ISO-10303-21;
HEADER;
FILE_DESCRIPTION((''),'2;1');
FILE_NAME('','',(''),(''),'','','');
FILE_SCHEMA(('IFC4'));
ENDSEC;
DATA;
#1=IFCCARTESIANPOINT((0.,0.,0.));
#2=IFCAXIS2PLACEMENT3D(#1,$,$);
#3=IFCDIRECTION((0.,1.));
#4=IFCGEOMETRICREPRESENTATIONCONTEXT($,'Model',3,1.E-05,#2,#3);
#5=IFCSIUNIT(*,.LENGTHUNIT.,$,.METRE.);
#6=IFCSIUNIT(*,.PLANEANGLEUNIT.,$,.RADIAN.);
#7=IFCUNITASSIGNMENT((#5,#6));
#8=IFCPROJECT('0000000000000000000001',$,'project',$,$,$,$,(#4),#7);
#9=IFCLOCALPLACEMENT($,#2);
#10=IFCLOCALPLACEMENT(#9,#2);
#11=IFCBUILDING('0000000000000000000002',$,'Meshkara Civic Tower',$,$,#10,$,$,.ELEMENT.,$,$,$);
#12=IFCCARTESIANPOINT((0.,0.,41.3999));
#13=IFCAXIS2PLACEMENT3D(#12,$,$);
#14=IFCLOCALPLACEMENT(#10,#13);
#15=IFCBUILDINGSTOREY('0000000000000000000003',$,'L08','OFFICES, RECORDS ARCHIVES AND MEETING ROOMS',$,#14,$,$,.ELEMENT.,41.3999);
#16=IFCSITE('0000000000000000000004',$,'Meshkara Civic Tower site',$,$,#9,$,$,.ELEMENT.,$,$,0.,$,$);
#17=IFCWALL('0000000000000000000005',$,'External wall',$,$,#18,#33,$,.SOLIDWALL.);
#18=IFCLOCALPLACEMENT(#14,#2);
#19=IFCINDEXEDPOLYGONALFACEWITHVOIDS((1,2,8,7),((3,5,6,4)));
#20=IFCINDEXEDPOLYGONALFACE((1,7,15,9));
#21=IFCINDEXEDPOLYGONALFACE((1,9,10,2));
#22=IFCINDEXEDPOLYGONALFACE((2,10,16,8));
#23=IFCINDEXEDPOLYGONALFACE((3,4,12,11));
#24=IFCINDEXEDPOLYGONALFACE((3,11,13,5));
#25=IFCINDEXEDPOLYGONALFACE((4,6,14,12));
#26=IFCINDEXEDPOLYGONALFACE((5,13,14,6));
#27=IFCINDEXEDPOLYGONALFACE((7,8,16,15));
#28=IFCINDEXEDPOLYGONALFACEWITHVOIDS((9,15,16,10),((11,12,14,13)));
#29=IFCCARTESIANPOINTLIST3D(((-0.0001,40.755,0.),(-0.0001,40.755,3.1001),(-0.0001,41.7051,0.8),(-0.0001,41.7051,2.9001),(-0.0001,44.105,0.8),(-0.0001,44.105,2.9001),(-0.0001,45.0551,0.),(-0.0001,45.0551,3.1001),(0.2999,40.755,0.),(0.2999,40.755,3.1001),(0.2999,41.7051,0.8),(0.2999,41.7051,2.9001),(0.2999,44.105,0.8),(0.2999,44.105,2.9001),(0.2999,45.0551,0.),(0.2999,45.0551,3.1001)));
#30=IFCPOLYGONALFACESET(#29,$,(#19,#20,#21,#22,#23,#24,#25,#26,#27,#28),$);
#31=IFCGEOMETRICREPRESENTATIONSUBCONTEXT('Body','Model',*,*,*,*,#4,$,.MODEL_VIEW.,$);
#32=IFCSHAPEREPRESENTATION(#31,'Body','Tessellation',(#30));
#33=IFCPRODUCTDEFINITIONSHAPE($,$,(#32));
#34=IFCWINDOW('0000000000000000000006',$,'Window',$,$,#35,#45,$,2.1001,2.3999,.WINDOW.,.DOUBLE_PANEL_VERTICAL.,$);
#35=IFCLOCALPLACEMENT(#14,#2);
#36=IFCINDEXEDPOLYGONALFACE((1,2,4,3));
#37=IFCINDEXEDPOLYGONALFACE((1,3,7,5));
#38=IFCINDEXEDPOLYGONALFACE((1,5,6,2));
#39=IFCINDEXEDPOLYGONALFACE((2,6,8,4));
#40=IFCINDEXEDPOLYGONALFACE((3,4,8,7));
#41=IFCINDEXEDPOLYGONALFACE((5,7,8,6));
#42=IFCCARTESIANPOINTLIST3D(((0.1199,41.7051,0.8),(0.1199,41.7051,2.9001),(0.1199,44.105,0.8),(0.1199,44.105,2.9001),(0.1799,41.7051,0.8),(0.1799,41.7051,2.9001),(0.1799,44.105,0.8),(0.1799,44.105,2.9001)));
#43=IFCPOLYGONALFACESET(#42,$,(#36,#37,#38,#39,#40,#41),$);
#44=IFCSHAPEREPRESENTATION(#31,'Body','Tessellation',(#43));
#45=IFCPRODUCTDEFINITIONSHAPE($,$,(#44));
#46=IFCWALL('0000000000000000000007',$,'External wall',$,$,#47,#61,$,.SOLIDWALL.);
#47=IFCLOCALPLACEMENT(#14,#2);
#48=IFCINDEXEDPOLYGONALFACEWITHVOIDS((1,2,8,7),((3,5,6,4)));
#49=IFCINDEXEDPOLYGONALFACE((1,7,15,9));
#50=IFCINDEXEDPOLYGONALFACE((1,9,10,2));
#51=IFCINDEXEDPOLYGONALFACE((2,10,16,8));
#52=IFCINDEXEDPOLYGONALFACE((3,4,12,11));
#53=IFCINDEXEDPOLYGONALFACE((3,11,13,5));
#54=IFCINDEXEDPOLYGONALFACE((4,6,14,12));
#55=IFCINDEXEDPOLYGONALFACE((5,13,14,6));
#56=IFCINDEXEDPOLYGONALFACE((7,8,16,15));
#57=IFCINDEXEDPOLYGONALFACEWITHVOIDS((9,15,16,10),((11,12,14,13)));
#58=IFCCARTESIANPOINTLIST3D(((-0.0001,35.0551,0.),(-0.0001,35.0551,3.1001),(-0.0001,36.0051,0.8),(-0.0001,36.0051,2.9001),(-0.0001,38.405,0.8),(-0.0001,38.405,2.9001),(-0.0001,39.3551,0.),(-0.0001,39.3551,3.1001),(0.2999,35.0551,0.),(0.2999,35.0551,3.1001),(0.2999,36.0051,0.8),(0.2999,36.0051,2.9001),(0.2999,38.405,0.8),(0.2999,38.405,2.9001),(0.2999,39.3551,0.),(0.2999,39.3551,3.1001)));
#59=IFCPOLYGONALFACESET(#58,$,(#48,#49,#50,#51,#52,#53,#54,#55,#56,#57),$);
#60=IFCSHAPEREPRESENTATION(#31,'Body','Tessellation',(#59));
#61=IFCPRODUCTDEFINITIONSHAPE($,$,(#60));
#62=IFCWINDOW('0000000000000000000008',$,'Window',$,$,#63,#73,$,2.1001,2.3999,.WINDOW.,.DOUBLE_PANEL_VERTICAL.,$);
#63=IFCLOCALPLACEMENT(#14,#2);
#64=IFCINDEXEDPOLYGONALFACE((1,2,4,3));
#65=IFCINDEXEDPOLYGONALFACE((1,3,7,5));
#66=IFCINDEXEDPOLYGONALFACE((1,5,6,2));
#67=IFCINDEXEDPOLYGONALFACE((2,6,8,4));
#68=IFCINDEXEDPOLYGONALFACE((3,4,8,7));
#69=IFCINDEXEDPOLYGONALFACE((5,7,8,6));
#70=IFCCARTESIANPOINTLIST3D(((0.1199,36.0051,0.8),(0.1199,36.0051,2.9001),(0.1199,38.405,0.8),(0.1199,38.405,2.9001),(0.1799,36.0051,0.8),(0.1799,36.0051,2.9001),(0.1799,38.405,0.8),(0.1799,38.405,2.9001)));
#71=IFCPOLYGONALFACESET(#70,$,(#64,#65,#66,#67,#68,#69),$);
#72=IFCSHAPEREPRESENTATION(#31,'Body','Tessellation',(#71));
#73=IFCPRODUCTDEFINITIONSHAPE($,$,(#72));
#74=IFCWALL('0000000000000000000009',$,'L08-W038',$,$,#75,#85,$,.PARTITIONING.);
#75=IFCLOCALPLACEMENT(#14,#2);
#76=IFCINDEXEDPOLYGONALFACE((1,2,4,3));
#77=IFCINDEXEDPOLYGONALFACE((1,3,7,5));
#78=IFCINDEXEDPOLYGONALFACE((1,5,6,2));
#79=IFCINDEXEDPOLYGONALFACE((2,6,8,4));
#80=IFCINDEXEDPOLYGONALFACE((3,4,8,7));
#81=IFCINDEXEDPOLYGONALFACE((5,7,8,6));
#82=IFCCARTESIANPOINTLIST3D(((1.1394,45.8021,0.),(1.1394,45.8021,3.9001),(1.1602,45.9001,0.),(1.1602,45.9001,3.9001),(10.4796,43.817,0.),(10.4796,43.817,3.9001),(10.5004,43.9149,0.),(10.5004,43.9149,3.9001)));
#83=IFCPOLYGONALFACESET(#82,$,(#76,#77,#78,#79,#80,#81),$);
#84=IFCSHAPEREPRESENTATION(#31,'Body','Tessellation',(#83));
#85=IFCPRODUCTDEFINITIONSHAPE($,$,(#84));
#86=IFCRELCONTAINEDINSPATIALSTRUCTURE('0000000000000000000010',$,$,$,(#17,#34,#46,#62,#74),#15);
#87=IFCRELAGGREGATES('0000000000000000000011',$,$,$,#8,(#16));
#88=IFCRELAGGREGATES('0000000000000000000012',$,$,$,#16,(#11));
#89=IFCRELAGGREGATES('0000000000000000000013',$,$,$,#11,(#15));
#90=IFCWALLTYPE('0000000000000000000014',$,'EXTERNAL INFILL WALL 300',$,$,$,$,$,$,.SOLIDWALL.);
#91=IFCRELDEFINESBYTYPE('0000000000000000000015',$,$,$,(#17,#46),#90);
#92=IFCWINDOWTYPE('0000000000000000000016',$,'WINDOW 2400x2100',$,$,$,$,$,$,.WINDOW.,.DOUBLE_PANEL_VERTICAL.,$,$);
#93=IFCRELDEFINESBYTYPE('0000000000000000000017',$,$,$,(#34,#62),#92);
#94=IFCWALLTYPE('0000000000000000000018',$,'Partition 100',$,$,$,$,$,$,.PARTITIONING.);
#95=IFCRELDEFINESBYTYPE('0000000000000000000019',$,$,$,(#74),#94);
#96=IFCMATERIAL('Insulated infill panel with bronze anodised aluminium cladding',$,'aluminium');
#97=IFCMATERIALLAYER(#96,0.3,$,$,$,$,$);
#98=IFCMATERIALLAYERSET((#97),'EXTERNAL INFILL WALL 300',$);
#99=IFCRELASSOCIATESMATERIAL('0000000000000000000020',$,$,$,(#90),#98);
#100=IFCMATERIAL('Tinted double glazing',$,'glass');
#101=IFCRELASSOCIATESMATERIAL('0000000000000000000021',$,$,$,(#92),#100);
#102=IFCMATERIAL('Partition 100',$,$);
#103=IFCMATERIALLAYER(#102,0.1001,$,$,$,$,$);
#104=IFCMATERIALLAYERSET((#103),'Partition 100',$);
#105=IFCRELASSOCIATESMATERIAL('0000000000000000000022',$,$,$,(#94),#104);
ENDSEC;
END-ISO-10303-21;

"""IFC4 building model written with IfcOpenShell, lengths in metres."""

from ifc_helpers import new_model, si_unit, direction, frame, frame_2d, origin, place, context, subcontext, project, spatial, rectangle, extrude, material, layer, layer_set, type_object, element, fill, save


model = new_model("IFC4")

# Units and contexts
model_context = context("Model", 3, precision=1e-05, world=origin(), true_north=direction((0.0, 1.0)))
body_context = subcontext(model_context, "Body", "Model", "MODEL_VIEW")
ifc_project = project(units=[si_unit("LENGTHUNIT", "METRE"), si_unit("PLANEANGLEUNIT", "RADIAN")], contexts=[model_context])

# Site, building, storey
site_placement = place(None, origin())
site = spatial("IfcSite", under=ifc_project, at=site_placement, Name="Meshkara Civic Tower site", CompositionType="ELEMENT", RefElevation=0.0)
building_placement = place(site_placement, origin())
building = spatial("IfcBuilding", under=site, at=building_placement, Name="Meshkara Civic Tower", CompositionType="ELEMENT")
storey_placement = place(building_placement, frame((0.0, 0.0, 41.3999)))
storey = spatial("IfcBuildingStorey", under=building, at=storey_placement, Name="L08", Description="OFFICES, RECORDS ARCHIVES AND MEETING ROOMS", CompositionType="ELEMENT", Elevation=41.3999)

# Walls, openings, windows
ifc_material_1 = material(Name="Insulated infill panel with bronze anodised aluminium cladding", Category="aluminium")
ifc_layer_1 = layer(ifc_material_1, 0.3)
ifc_layer_set_1 = layer_set([ifc_layer_1], Name="EXTERNAL INFILL WALL 300")
wall_type_1 = type_object("IfcWallType", Name="EXTERNAL INFILL WALL 300", PredefinedType="SOLIDWALL", material=ifc_layer_set_1)
wall_1_placement = place(storey_placement, frame((0.1499, 45.0549, 0.0), z_axis=(0.0, 0.0, 1.0), x_axis=(0.0, -1.0, 0.0)))
wall_1 = element("IfcWall", 1, at=wall_1_placement, inside=storey, type_object=wall_type_1, Name="External wall", PredefinedType="SOLIDWALL", context=body_context, shape_type="SweptSolid", body=[
    extrude(rectangle(XDim=4.3, YDim=0.3, at=frame_2d((2.1499, 0.0))), origin(), (0.0, 0.0, 1.0), 3.1001),
])
opening_1_placement = place(wall_1_placement, frame((0.95, 0.0, 0.8)))
opening_1 = element("IfcOpeningElement", 2, at=opening_1_placement, cuts=wall_1, PredefinedType="OPENING", context=body_context, shape_type="SweptSolid", body=[
    extrude(rectangle(XDim=2.3999, YDim=2.1001, at=frame_2d((1.2, 1.05))), frame((0.0, 0.1599, 0.0), z_axis=(0.0, -1.0, 0.0), x_axis=(1.0, 0.0, 0.0)), (0.0, 0.0, 1.0), 0.3201),
])
ifc_material_2 = material(Name="Tinted double glazing", Category="glass")
window_type = type_object("IfcWindowType", Name="WINDOW 2400x2100", PartitioningType="DOUBLE_PANEL_VERTICAL", PredefinedType="WINDOW", material=ifc_material_2)
window_1_placement = place(opening_1_placement, origin())
window_1 = element("IfcWindow", 3, at=window_1_placement, inside=storey, type_object=window_type, Name="Window", OverallHeight=2.1001, OverallWidth=2.3999, PartitioningType="DOUBLE_PANEL_VERTICAL", PredefinedType="WINDOW", context=body_context, shape_type="SweptSolid", body=[
    extrude(rectangle(XDim=2.3999, YDim=2.1001, at=frame_2d((1.2, 1.05))), frame((0.0, 0.03, 0.0), z_axis=(0.0, -1.0, 0.0), x_axis=(1.0, 0.0, 0.0)), (0.0, 0.0, 1.0), 0.0601),
])
fill(opening_1, window_1)
wall_2_placement = place(storey_placement, frame((0.1499, 39.355, 0.0), z_axis=(0.0, 0.0, 1.0), x_axis=(0.0, -1.0, 0.0)))
wall_2 = element("IfcWall", 4, at=wall_2_placement, inside=storey, type_object=wall_type_1, Name="External wall", PredefinedType="SOLIDWALL", context=body_context, shape_type="SweptSolid", body=[
    extrude(rectangle(XDim=4.3, YDim=0.3, at=frame_2d((2.1499, 0.0))), origin(), (0.0, 0.0, 1.0), 3.1001),
])
opening_2_placement = place(wall_2_placement, frame((0.95, 0.0, 0.8)))
opening_2 = element("IfcOpeningElement", 5, at=opening_2_placement, cuts=wall_2, PredefinedType="OPENING", context=body_context, shape_type="SweptSolid", body=[
    extrude(rectangle(XDim=2.3999, YDim=2.1001, at=frame_2d((1.2, 1.05))), frame((0.0, 0.1599, 0.0), z_axis=(0.0, -1.0, 0.0), x_axis=(1.0, 0.0, 0.0)), (0.0, 0.0, 1.0), 0.3201),
])
window_2_placement = place(opening_2_placement, origin())
window_2 = element("IfcWindow", 6, at=window_2_placement, inside=storey, type_object=window_type, Name="Window", OverallHeight=2.1001, OverallWidth=2.3999, PartitioningType="DOUBLE_PANEL_VERTICAL", PredefinedType="WINDOW", context=body_context, shape_type="SweptSolid", body=[
    extrude(rectangle(XDim=2.3999, YDim=2.1001, at=frame_2d((1.2, 1.05))), frame((0.0, 0.03, 0.0), z_axis=(0.0, -1.0, 0.0), x_axis=(1.0, 0.0, 0.0)), (0.0, 0.0, 1.0), 0.0601),
])
fill(opening_2, window_2)

# Wall
ifc_material_3 = material(Name="Partition 100")
ifc_layer_2 = layer(ifc_material_3, 0.1001)
ifc_layer_set_2 = layer_set([ifc_layer_2], Name="Partition 100")
wall_type_2 = type_object("IfcWallType", Name="Partition 100", PredefinedType="PARTITIONING", material=ifc_layer_set_2)
wall_3_placement = place(storey_placement, frame((10.49, 43.866, 0.0), z_axis=(0.0, 0.0, 1.0), x_axis=(-0.978152, 0.207893, 0.0)))
element("IfcWall", 7, at=wall_3_placement, inside=storey, type_object=wall_type_2, Name="L08-W038", PredefinedType="PARTITIONING", context=body_context, shape_type="SweptSolid", body=[
    extrude(rectangle(XDim=9.5488, YDim=0.1001, at=frame_2d((4.7744, 0.0))), origin(), (0.0, 0.0, 1.0), 3.9001),
])

save(model, "model.ifc")
